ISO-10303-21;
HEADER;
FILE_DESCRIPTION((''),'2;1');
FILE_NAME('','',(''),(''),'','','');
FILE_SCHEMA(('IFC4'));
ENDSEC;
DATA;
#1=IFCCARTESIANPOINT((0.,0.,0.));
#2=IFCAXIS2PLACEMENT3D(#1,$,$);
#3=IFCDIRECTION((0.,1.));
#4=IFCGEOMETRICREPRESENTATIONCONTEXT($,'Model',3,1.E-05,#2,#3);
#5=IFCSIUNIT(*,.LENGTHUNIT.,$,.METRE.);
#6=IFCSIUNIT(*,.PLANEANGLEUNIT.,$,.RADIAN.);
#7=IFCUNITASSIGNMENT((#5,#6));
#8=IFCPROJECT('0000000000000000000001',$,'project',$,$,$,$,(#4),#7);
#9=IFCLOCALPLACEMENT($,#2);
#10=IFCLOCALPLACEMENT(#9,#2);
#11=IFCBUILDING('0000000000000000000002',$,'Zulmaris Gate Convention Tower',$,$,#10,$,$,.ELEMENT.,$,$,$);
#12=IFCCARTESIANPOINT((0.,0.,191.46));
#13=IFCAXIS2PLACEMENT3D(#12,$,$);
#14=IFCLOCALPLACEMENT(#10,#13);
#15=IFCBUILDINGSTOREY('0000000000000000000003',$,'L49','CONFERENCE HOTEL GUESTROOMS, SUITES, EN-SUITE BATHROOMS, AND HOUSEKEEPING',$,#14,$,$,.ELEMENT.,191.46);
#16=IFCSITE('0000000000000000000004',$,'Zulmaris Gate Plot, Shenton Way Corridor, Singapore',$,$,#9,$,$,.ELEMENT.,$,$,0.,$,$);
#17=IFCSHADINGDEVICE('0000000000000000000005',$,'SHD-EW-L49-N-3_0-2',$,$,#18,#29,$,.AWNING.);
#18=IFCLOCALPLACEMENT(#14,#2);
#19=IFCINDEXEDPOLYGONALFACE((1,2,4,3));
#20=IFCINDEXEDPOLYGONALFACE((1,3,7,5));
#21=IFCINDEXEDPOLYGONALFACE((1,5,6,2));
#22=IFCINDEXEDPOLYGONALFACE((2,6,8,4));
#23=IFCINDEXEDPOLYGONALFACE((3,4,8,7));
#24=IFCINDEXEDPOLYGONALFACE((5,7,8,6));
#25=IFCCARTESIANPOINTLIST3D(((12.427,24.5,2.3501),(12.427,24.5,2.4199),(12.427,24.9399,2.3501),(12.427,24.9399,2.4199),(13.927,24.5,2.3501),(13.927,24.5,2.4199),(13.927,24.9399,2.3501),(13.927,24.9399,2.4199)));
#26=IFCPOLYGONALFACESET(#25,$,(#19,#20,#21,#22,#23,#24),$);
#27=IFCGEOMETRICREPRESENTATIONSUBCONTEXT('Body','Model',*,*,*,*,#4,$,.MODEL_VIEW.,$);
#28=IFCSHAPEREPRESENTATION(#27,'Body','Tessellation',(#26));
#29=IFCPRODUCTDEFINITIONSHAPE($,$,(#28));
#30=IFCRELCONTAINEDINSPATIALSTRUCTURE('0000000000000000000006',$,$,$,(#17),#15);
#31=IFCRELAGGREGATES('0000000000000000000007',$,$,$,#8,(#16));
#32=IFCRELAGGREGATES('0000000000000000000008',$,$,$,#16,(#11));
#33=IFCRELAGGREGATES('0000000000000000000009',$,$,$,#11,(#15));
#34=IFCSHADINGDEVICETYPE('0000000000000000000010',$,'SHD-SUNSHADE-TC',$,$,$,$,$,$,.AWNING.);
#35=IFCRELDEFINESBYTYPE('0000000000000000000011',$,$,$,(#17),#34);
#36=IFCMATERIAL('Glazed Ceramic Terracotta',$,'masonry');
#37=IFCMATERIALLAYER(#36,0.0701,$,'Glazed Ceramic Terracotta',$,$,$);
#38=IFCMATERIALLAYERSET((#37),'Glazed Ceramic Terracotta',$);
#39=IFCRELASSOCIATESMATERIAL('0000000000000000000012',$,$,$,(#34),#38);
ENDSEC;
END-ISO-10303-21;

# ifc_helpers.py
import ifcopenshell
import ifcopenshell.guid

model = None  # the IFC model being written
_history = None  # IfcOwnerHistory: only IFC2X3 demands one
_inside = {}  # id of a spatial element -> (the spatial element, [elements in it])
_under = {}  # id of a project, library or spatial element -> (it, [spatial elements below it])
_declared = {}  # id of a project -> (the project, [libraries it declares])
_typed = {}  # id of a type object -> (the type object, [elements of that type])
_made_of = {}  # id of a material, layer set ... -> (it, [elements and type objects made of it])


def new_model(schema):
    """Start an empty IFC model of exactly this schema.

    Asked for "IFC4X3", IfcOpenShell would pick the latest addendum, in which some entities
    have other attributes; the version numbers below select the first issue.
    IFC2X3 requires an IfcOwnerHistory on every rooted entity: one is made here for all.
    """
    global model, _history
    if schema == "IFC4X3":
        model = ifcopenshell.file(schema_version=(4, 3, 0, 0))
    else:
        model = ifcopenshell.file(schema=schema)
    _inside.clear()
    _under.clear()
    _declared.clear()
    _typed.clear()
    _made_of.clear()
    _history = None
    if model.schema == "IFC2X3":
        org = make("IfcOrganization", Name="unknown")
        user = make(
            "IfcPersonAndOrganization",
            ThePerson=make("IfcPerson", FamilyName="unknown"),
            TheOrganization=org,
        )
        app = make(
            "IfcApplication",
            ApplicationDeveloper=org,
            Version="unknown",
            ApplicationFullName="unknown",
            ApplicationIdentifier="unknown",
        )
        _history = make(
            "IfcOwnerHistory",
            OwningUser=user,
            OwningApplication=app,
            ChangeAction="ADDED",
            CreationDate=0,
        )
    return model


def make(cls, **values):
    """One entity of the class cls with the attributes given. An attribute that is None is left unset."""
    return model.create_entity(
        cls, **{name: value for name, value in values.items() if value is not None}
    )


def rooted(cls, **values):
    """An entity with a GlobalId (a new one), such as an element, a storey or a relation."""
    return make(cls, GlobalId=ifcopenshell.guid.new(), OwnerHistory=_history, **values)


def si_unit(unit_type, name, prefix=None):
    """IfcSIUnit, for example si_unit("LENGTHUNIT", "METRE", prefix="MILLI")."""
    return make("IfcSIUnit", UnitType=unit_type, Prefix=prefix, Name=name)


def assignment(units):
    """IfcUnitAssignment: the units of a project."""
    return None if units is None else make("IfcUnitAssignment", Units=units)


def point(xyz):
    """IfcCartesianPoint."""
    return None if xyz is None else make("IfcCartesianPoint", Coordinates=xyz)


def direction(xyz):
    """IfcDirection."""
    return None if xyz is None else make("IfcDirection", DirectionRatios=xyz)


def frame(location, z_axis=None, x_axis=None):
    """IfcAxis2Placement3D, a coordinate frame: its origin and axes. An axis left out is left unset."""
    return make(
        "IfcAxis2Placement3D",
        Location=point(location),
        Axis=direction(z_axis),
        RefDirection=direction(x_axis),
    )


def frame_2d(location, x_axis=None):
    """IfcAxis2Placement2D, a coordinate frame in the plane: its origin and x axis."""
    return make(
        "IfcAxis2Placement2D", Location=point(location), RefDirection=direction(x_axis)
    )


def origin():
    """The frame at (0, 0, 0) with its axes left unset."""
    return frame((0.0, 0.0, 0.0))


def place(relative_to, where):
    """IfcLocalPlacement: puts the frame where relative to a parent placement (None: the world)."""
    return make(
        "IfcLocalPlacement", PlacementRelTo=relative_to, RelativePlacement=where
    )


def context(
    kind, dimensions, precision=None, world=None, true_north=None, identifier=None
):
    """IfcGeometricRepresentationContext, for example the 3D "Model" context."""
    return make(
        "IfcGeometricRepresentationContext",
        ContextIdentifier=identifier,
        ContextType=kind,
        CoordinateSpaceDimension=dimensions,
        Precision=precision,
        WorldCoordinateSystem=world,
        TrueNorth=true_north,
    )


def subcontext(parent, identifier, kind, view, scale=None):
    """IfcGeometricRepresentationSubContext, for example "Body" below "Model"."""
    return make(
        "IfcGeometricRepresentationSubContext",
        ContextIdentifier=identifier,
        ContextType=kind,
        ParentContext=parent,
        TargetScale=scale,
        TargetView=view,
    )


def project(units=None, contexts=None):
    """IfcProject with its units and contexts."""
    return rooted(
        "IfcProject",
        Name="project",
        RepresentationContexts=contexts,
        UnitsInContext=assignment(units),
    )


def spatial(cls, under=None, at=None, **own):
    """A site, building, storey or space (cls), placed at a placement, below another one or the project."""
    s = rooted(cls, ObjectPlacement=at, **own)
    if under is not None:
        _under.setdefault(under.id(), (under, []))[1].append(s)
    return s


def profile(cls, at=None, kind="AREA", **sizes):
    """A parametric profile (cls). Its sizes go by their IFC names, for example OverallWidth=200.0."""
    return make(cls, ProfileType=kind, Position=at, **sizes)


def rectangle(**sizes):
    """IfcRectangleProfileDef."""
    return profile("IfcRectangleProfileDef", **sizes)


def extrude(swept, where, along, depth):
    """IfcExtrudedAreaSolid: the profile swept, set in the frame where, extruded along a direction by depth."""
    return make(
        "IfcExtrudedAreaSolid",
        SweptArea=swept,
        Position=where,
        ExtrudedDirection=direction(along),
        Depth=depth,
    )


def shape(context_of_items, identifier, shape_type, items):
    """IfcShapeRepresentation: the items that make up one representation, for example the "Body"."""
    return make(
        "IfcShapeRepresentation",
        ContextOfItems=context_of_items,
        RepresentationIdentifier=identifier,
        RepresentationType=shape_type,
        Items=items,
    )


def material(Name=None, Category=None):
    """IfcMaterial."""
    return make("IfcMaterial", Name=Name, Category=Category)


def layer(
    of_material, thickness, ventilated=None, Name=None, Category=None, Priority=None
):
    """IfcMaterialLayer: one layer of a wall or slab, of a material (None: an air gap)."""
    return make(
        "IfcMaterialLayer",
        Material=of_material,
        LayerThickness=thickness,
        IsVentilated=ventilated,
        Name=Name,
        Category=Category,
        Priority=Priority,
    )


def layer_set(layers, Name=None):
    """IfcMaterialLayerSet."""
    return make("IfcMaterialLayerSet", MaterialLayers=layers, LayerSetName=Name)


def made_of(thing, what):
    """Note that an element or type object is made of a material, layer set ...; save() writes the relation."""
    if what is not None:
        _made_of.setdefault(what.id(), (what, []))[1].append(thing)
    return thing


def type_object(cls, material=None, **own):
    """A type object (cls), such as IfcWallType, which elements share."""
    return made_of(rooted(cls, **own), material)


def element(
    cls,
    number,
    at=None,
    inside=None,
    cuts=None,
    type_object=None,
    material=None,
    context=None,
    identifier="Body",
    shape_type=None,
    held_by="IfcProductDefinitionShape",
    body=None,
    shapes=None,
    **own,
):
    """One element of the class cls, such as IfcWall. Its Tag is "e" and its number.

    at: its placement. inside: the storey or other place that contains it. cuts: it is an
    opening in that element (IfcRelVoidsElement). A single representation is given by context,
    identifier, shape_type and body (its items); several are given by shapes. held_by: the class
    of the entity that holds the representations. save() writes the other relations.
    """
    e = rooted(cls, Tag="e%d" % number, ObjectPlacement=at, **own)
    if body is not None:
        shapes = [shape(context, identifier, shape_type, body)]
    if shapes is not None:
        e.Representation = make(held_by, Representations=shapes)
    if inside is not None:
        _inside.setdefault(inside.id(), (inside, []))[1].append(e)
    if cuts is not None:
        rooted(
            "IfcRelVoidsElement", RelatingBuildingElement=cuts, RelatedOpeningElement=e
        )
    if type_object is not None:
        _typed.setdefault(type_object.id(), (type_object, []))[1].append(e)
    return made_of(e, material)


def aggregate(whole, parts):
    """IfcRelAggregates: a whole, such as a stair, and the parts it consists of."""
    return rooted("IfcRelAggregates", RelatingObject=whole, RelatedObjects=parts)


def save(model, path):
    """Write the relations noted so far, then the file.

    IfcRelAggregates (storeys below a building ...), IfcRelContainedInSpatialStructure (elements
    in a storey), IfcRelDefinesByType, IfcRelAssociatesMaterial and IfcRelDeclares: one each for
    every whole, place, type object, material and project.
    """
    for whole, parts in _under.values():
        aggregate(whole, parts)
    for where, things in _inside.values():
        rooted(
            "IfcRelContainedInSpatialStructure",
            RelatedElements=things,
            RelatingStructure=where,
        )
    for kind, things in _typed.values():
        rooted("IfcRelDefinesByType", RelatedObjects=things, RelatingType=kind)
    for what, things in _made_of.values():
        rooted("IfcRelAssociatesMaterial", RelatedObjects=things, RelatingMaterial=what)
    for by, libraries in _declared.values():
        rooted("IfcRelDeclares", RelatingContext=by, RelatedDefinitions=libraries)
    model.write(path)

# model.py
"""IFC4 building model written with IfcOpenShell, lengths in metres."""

from ifc_helpers import new_model, si_unit, direction, frame, frame_2d, origin, place, context, subcontext, project, spatial, rectangle, extrude, material, layer, layer_set, type_object, element, save


model = new_model("IFC4")

# Units and contexts
model_context = context("Model", 3, precision=1e-05, world=origin(), true_north=direction((0.0, 1.0)))
body_context = subcontext(model_context, "Body", "Model", "MODEL_VIEW")
ifc_project = project(units=[si_unit("LENGTHUNIT", "METRE"), si_unit("PLANEANGLEUNIT", "RADIAN")], contexts=[model_context])

# Site, building, storey
site_placement = place(None, origin())
site = spatial("IfcSite", under=ifc_project, at=site_placement, Name="Zulmaris Gate Plot, Shenton Way Corridor, Singapore", CompositionType="ELEMENT", RefElevation=0.0)
building_placement = place(site_placement, origin())
building = spatial("IfcBuilding", under=site, at=building_placement, Name="Zulmaris Gate Convention Tower", CompositionType="ELEMENT")
storey_placement = place(building_placement, frame((0.0, 0.0, 191.46)))
storey = spatial("IfcBuildingStorey", under=building, at=storey_placement, Name="L49", Description="CONFERENCE HOTEL GUESTROOMS, SUITES, EN-SUITE BATHROOMS, AND HOUSEKEEPING", CompositionType="ELEMENT", Elevation=191.46)

# Shading device
ifc_material_1 = material(Name="Glazed Ceramic Terracotta", Category="masonry")
ifc_layer_1 = layer(ifc_material_1, 0.0701, Name="Glazed Ceramic Terracotta")
ifc_layer_set_1 = layer_set([ifc_layer_1], Name="Glazed Ceramic Terracotta")
shading_device_type = type_object("IfcShadingDeviceType", Name="SHD-SUNSHADE-TC", PredefinedType="AWNING", material=ifc_layer_set_1)
for number, where, z_axis, x_axis, name in (
    (1, (13.927, 24.72, 2.3501), (0.0, 0.0, 1.0), (-1.0, 0.0, 0.0), "SHD-EW-L49-N-3_0-2"),
):
    element("IfcShadingDevice", number, at=place(storey_placement, frame(where, z_axis=z_axis, x_axis=x_axis)), inside=storey, type_object=shading_device_type, Name=name, PredefinedType="AWNING", context=body_context, shape_type="SweptSolid", body=[
        extrude(rectangle(XDim=1.5, YDim=0.4399, at=frame_2d((0.75, 0.0))), origin(), (0.0, 0.0, 1.0), 0.0698),
    ])

save(model, "model.ifc")
